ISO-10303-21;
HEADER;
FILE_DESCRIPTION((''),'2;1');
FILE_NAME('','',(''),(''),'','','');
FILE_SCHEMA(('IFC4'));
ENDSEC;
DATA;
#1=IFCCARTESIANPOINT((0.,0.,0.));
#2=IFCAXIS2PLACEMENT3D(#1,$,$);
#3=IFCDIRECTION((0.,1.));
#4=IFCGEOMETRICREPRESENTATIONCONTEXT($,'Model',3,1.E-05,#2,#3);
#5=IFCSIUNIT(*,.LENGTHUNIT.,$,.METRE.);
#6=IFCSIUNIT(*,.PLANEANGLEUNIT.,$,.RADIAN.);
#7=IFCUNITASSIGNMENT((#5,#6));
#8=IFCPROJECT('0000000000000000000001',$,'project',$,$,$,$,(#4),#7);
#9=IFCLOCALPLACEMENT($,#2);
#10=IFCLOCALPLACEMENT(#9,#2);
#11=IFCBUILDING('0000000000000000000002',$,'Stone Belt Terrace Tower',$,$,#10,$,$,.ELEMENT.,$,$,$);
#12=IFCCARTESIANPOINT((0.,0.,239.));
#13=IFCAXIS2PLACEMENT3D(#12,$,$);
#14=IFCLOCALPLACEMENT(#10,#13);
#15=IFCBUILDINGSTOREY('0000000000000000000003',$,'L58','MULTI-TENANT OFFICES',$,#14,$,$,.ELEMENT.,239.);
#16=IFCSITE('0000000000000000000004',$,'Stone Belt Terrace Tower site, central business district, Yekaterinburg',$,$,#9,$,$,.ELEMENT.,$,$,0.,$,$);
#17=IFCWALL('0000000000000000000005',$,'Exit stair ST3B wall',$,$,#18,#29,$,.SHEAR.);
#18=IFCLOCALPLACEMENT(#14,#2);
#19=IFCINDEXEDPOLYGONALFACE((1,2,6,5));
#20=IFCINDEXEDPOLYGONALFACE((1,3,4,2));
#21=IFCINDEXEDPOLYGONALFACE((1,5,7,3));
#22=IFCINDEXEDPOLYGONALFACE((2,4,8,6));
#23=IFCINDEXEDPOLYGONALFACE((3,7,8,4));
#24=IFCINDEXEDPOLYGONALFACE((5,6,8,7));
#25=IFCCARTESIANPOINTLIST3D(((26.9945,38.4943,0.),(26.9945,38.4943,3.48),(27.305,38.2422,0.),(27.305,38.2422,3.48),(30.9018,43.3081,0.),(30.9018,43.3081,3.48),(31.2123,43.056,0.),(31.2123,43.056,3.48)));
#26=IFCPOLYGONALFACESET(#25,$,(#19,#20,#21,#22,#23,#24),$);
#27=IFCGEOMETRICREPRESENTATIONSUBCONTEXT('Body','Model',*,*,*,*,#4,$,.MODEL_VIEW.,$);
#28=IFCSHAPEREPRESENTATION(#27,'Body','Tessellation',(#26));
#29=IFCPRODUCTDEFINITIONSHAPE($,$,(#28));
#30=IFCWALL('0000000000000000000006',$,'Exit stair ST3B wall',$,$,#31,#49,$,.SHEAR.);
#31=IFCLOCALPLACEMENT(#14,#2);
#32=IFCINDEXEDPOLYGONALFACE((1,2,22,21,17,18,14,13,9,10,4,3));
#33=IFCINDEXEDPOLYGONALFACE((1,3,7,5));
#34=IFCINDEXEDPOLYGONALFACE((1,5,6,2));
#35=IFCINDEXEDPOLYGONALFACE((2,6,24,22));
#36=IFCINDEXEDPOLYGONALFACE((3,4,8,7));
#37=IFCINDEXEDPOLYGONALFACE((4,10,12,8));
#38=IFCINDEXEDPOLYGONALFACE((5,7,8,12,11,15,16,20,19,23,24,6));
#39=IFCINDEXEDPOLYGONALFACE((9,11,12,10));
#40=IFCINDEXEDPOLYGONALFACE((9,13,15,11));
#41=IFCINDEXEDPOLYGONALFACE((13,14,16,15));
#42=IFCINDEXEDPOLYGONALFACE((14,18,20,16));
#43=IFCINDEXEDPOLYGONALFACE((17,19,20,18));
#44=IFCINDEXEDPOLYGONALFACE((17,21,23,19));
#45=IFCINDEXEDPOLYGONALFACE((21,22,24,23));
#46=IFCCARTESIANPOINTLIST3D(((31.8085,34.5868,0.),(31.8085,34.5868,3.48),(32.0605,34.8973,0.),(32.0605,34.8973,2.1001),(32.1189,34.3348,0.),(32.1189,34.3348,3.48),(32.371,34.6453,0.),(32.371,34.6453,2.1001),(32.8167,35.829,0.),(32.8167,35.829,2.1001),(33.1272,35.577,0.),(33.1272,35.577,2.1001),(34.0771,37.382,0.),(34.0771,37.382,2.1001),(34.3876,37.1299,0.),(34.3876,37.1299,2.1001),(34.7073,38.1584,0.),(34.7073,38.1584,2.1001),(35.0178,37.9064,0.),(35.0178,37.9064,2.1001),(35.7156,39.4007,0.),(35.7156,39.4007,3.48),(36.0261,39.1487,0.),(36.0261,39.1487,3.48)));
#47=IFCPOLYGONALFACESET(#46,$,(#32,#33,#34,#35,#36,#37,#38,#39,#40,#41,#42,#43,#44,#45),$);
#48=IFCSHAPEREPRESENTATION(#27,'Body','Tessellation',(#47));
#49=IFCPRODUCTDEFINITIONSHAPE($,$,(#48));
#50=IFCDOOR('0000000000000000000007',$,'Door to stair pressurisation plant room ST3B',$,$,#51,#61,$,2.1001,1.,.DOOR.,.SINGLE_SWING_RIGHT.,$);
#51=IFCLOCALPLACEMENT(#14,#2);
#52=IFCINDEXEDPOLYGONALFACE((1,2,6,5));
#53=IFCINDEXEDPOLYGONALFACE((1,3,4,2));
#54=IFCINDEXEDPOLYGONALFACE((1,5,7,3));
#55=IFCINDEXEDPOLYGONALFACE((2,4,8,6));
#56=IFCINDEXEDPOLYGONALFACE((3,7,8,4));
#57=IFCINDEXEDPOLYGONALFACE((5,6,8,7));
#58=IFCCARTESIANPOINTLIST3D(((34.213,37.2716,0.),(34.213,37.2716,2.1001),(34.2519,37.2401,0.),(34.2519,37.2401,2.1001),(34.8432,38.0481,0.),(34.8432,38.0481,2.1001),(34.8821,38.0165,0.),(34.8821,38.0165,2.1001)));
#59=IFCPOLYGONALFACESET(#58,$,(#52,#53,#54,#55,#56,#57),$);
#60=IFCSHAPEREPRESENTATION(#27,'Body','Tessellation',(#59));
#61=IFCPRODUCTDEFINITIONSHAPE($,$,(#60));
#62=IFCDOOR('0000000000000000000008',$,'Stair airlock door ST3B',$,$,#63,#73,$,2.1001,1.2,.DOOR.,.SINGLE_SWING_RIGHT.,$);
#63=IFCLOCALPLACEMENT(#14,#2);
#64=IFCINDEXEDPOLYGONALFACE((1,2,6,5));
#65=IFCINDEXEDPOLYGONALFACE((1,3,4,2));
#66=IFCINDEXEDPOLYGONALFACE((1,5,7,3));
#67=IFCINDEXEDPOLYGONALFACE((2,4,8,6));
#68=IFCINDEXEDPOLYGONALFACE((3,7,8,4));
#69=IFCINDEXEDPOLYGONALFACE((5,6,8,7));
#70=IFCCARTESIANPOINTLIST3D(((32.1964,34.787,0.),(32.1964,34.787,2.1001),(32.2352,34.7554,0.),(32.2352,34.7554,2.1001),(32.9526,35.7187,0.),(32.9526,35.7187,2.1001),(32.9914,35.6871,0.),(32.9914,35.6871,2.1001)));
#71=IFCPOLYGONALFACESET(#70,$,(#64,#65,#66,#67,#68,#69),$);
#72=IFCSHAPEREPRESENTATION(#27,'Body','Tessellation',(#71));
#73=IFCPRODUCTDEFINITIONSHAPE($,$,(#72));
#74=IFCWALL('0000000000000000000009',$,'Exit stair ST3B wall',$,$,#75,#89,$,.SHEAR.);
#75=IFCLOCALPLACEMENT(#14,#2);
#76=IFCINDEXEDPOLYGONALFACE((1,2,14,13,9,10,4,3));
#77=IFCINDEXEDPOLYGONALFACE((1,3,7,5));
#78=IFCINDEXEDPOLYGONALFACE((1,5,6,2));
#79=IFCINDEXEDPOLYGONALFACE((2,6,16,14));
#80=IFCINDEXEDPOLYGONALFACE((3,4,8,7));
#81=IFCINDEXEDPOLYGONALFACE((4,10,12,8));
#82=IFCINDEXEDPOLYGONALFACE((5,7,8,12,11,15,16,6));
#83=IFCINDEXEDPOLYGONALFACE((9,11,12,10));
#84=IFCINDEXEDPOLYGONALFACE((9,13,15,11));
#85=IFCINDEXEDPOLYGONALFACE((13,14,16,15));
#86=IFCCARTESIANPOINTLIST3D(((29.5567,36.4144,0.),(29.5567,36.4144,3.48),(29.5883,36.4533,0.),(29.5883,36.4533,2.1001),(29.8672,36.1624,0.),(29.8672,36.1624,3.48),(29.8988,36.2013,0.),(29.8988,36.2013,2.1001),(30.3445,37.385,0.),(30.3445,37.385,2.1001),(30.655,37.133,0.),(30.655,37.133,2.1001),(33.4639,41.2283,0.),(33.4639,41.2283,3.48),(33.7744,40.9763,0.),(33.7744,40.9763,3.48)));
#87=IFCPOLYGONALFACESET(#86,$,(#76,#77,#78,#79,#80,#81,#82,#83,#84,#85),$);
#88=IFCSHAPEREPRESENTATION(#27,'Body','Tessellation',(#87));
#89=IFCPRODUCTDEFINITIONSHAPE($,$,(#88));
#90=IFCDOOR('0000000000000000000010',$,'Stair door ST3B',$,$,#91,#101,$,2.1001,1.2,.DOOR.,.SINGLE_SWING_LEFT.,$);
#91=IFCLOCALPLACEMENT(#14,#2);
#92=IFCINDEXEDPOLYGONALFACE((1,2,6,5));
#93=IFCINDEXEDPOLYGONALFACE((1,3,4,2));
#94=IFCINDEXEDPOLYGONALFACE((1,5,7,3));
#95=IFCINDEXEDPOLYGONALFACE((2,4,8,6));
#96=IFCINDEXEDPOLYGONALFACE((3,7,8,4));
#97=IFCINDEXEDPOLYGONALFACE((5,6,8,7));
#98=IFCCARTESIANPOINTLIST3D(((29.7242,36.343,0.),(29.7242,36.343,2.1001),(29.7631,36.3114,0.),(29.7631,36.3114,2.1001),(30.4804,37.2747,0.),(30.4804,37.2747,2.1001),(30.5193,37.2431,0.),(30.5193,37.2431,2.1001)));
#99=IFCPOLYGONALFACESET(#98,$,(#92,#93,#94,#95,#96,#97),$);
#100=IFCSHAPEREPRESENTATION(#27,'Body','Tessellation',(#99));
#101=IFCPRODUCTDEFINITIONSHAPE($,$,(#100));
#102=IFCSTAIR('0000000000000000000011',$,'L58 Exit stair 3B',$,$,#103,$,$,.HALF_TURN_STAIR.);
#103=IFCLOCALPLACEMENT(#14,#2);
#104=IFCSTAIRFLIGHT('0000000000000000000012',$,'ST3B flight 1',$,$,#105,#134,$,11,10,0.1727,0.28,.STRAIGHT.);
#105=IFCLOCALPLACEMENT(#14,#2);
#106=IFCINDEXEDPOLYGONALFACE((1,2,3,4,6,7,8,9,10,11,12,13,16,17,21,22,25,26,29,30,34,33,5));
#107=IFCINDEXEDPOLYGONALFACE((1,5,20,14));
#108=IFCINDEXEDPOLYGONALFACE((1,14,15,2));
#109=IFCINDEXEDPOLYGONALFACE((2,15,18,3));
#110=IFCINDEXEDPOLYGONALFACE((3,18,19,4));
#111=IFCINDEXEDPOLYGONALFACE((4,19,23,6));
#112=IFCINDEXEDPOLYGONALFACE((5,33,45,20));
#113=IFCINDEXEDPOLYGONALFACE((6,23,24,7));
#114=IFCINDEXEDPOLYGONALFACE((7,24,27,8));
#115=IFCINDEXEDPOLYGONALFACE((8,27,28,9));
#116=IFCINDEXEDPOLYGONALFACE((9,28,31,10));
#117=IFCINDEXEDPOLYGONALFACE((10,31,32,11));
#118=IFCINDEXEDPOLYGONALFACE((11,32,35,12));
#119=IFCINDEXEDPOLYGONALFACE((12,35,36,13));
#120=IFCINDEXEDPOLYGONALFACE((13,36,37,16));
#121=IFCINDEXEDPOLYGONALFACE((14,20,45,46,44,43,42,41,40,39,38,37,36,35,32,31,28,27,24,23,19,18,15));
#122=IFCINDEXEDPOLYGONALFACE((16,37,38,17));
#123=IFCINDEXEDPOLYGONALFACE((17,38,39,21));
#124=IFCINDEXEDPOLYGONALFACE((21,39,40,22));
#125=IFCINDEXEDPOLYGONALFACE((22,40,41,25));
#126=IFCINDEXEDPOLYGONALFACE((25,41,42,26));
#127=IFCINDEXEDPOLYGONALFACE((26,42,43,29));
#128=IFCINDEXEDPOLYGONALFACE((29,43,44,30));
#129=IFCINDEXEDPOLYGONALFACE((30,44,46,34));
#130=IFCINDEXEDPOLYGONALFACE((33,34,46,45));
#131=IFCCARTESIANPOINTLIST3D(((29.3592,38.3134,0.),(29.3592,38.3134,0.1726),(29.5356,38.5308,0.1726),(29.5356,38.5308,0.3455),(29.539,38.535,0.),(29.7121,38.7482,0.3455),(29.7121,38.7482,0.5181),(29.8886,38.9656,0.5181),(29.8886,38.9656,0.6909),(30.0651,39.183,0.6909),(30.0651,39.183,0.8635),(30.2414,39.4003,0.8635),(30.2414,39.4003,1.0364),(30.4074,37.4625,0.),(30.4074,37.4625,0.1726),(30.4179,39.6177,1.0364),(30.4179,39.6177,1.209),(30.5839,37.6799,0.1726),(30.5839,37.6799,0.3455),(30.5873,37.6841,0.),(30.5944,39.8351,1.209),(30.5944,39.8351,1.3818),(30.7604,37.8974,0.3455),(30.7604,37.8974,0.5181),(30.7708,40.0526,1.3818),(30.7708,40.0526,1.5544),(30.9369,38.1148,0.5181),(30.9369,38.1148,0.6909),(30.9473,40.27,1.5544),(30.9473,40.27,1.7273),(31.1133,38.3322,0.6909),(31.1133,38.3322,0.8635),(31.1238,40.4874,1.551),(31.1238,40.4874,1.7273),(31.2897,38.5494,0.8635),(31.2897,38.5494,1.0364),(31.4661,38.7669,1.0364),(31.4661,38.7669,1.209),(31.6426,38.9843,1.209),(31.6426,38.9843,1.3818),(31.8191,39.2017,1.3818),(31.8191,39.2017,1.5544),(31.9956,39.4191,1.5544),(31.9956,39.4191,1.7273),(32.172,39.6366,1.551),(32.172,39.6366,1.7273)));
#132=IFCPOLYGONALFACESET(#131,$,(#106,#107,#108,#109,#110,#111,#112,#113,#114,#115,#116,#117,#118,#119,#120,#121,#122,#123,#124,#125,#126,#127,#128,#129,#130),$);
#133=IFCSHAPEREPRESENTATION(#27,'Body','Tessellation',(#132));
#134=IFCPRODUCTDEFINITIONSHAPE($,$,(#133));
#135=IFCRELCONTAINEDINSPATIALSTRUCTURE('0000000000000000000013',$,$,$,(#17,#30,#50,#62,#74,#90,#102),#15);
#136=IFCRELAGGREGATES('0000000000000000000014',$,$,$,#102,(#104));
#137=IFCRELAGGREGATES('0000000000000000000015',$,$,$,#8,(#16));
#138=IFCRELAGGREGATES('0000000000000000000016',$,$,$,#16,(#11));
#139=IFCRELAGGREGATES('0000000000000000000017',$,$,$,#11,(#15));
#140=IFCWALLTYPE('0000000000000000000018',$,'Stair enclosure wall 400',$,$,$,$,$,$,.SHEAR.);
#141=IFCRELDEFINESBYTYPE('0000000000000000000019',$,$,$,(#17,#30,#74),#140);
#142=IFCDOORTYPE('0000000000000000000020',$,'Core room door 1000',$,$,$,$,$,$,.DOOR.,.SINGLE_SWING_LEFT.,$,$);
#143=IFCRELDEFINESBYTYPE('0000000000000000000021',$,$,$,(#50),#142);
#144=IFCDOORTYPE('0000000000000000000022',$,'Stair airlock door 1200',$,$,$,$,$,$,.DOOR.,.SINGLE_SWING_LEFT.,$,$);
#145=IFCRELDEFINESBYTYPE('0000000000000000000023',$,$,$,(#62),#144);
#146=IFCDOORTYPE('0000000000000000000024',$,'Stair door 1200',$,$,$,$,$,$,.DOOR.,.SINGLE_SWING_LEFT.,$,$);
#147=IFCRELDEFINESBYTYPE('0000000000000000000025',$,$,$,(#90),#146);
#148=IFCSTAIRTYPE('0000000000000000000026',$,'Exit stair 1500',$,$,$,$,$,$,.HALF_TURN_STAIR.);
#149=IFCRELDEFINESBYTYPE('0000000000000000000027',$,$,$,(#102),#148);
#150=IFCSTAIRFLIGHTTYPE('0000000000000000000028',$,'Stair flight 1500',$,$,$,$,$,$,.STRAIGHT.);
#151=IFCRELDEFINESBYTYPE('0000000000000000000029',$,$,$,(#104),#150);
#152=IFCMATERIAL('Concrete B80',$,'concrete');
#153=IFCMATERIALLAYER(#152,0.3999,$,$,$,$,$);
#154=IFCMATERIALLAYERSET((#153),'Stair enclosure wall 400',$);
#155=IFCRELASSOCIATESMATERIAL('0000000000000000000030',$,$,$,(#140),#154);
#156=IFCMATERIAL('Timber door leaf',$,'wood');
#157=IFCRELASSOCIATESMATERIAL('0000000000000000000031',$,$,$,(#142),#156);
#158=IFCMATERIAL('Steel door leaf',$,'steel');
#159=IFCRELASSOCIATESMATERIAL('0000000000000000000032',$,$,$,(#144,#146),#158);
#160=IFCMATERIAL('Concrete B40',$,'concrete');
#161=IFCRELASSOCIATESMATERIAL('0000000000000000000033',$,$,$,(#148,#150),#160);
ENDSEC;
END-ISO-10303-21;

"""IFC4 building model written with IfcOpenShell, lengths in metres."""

from ifc_helpers import new_model, si_unit, direction, frame, frame_2d, origin, place, context, subcontext, project, spatial, polyline, rectangle, outline, extrude, material, layer, layer_set, type_object, element, fill, aggregate, save


model = new_model("IFC4")

# Units and contexts
model_context = context("Model", 3, precision=1e-05, world=origin(), true_north=direction((0.0, 1.0)))
body_context = subcontext(model_context, "Body", "Model", "MODEL_VIEW")
ifc_project = project(units=[si_unit("LENGTHUNIT", "METRE"), si_unit("PLANEANGLEUNIT", "RADIAN")], contexts=[model_context])

# Site, building, storey
site_placement = place(None, origin())
site = spatial("IfcSite", under=ifc_project, at=site_placement, Name="Stone Belt Terrace Tower site, central business district, Yekaterinburg", CompositionType="ELEMENT", RefElevation=0.0)
building_placement = place(site_placement, origin())
building = spatial("IfcBuilding", under=site, at=building_placement, Name="Stone Belt Terrace Tower", CompositionType="ELEMENT")
storey_placement = place(building_placement, frame((0.0, 0.0, 239.0)))
storey = spatial("IfcBuildingStorey", under=building, at=storey_placement, Name="L58", Description="MULTI-TENANT OFFICES", CompositionType="ELEMENT", Elevation=239.0)

# Wall
ifc_material_1 = material(Name="Concrete B80", Category="concrete")
ifc_layer_1 = layer(ifc_material_1, 0.3999)
ifc_layer_set_1 = layer_set([ifc_layer_1], Name="Stair enclosure wall 400")
wall_type_1 = type_object("IfcWallType", Name="Stair enclosure wall 400", PredefinedType="SHEAR", material=ifc_layer_set_1)
wall_1_placement = place(storey_placement, frame((27.1497, 38.3682, 0.0), z_axis=(0.0, 0.0, 1.0), x_axis=(0.630212, 0.776423, 0.0)))
element("IfcWall", 1, at=wall_1_placement, inside=storey, type_object=wall_type_1, Name="Exit stair ST3B wall", PredefinedType="SHEAR", context=body_context, shape_type="SweptSolid", body=[
    extrude(rectangle(XDim=6.2, YDim=0.3999, at=frame_2d((3.1001, 0.0))), origin(), (0.0, 0.0, 1.0), 3.48),
])

# Wall, openings, doors
wall_2_placement = place(storey_placement, frame((31.9636, 34.4607, 0.0), z_axis=(0.0, 0.0, 1.0), x_axis=(0.630192, 0.776439, 0.0)))
wall_2 = element("IfcWall", 2, at=wall_2_placement, inside=storey, type_object=wall_type_1, Name="Exit stair ST3B wall", PredefinedType="SHEAR", context=body_context, shape_type="SweptSolid", body=[
    extrude(rectangle(XDim=6.2, YDim=0.3999, at=frame_2d((3.1001, 0.0))), origin(), (0.0, 0.0, 1.0), 3.48),
])
opening_1_placement = place(wall_2_placement, frame((0.3999, 0.0, 0.0)))
opening_1 = element("IfcOpeningElement", 3, at=opening_1_placement, cuts=wall_2, PredefinedType="OPENING", context=body_context, shape_type="SweptSolid", body=[
    extrude(rectangle(XDim=1.2, YDim=2.1001, at=frame_2d((0.6001, 1.05))), frame((0.0, 0.21, 0.0), z_axis=(0.0, -1.0, 0.0), x_axis=(1.0, 0.0, 0.0)), (0.0, 0.0, 1.0), 0.4199),
])
opening_2_placement = place(wall_2_placement, frame((3.6001, 0.0, 0.0)))
opening_2 = element("IfcOpeningElement", 4, at=opening_2_placement, cuts=wall_2, PredefinedType="OPENING", context=body_context, shape_type="SweptSolid", body=[
    extrude(rectangle(XDim=1.0, YDim=2.1001, at=frame_2d((0.5, 1.05))), frame((0.0, 0.21, 0.0), z_axis=(0.0, -1.0, 0.0), x_axis=(1.0, 0.0, 0.0)), (0.0, 0.0, 1.0), 0.4199),
])
ifc_material_2 = material(Name="Timber door leaf", Category="wood")
door_type_1 = type_object("IfcDoorType", Name="Core room door 1000", OperationType="SINGLE_SWING_LEFT", PredefinedType="DOOR", material=ifc_material_2)
door_1_placement = place(opening_2_placement, origin())
door_1 = element("IfcDoor", 5, at=door_1_placement, inside=storey, type_object=door_type_1, Name="Door to stair pressurisation plant room ST3B", OperationType="SINGLE_SWING_RIGHT", OverallHeight=2.1001, OverallWidth=1.0, PredefinedType="DOOR", context=body_context, shape_type="SweptSolid", body=[
    extrude(rectangle(XDim=1.0, YDim=2.1001, at=frame_2d((0.5, 1.05))), frame((0.0, 0.0249, 0.0), z_axis=(0.0, -1.0, 0.0), x_axis=(1.0, 0.0, 0.0)), (0.0, 0.0, 1.0), 0.05),
])
fill(opening_2, door_1)
ifc_material_3 = material(Name="Steel door leaf", Category="steel")
door_type_2 = type_object("IfcDoorType", Name="Stair airlock door 1200", OperationType="SINGLE_SWING_LEFT", PredefinedType="DOOR", material=ifc_material_3)
door_2_placement = place(opening_1_placement, origin())
door_2 = element("IfcDoor", 6, at=door_2_placement, inside=storey, type_object=door_type_2, Name="Stair airlock door ST3B", OperationType="SINGLE_SWING_RIGHT", OverallHeight=2.1001, OverallWidth=1.2, PredefinedType="DOOR", context=body_context, shape_type="SweptSolid", body=[
    extrude(rectangle(XDim=1.2, YDim=2.1001, at=frame_2d((0.6001, 1.05))), frame((0.0, 0.0249, 0.0), z_axis=(0.0, -1.0, 0.0), x_axis=(1.0, 0.0, 0.0)), (0.0, 0.0, 1.0), 0.05),
])
fill(opening_1, door_2)

# Wall, opening, door
wall_3_placement = place(storey_placement, frame((29.7119, 36.2883, 0.0), z_axis=(0.0, 0.0, 1.0), x_axis=(0.630192, 0.776439, 0.0)))
wall_3 = element("IfcWall", 7, at=wall_3_placement, inside=storey, type_object=wall_type_1, Name="Exit stair ST3B wall", PredefinedType="SHEAR", context=body_context, shape_type="SweptSolid", body=[
    extrude(rectangle(XDim=6.2, YDim=0.3999, at=frame_2d((3.1001, 0.0))), origin(), (0.0, 0.0, 1.0), 3.48),
])
opening_3_placement = place(wall_3_placement, frame((0.05, 0.0, 0.0)))
opening_3 = element("IfcOpeningElement", 8, at=opening_3_placement, cuts=wall_3, PredefinedType="OPENING", context=body_context, shape_type="SweptSolid", body=[
    extrude(rectangle(XDim=1.2, YDim=2.1001, at=frame_2d((0.6001, 1.05))), frame((0.0, 0.21, 0.0), z_axis=(0.0, -1.0, 0.0), x_axis=(1.0, 0.0, 0.0)), (0.0, 0.0, 1.0), 0.4199),
])
door_type_3 = type_object("IfcDoorType", Name="Stair door 1200", OperationType="SINGLE_SWING_LEFT", PredefinedType="DOOR", material=ifc_material_3)
door_3_placement = place(opening_3_placement, origin())
door_3 = element("IfcDoor", 9, at=door_3_placement, inside=storey, type_object=door_type_3, Name="Stair door ST3B", OperationType="SINGLE_SWING_LEFT", OverallHeight=2.1001, OverallWidth=1.2, PredefinedType="DOOR", context=body_context, shape_type="SweptSolid", body=[
    extrude(rectangle(XDim=1.2, YDim=2.1001, at=frame_2d((0.6001, 1.05))), frame((0.0, 0.0249, 0.0), z_axis=(0.0, -1.0, 0.0), x_axis=(1.0, 0.0, 0.0)), (0.0, 0.0, 1.0), 0.05),
])
fill(opening_3, door_3)

# Stair, stair flight
ifc_material_4 = material(Name="Concrete B40", Category="concrete")
stair_type = type_object("IfcStairType", Name="Exit stair 1500", PredefinedType="HALF_TURN_STAIR", material=ifc_material_4)
stair_placement = place(storey_placement, origin())
stair = element("IfcStair", 10, at=stair_placement, inside=storey, type_object=stair_type, Name="L58 Exit stair 3B", PredefinedType="HALF_TURN_STAIR")
stair_flight_type = type_object("IfcStairFlightType", Name="Stair flight 1500", PredefinedType="STRAIGHT", material=ifc_material_4)
stair_flight_placement = place(storey_placement, frame((29.8833, 37.8879, 0.0), z_axis=(0.0, 0.0, 1.0), x_axis=(0.630206, 0.776428, 0.0)))
stair_flight = element("IfcStairFlight", 11, at=stair_flight_placement, type_object=stair_flight_type, Name="ST3B flight 1", NumberOfRisers=11, NumberOfTreads=10, PredefinedType="STRAIGHT", RiserHeight=0.1727, TreadLength=0.28, context=body_context, shape_type="SweptSolid", body=[
    extrude(outline(polyline([(0.0, 0.0), (0.0, 0.1726), (0.28, 0.1726), (0.28, 0.3455), (0.5601, 0.3455), (0.5601, 0.5181), (0.8401, 0.5181), (0.8401, 0.6909), (1.1201, 0.6909), (1.1201, 0.8635), (1.3999, 0.8635), (1.3999, 1.0364), (1.6799, 1.0364), (1.6799, 1.209), (1.96, 1.209), (1.96, 1.3818), (2.24, 1.3818), (2.24, 1.5544), (2.52, 1.5544), (2.52, 1.7273), (2.8, 1.7273), (2.8, 1.8999), (2.8, 1.551), (0.2854, 0.0), (0.0, 0.0)])), frame((0.0, 0.675, 0.0), z_axis=(0.0, -1.0, 0.0), x_axis=(1.0, 0.0, 0.0)), (0.0, 0.0, 1.0), 1.3501),
])
aggregate(stair, [stair_flight])

save(model, "model.ifc")
